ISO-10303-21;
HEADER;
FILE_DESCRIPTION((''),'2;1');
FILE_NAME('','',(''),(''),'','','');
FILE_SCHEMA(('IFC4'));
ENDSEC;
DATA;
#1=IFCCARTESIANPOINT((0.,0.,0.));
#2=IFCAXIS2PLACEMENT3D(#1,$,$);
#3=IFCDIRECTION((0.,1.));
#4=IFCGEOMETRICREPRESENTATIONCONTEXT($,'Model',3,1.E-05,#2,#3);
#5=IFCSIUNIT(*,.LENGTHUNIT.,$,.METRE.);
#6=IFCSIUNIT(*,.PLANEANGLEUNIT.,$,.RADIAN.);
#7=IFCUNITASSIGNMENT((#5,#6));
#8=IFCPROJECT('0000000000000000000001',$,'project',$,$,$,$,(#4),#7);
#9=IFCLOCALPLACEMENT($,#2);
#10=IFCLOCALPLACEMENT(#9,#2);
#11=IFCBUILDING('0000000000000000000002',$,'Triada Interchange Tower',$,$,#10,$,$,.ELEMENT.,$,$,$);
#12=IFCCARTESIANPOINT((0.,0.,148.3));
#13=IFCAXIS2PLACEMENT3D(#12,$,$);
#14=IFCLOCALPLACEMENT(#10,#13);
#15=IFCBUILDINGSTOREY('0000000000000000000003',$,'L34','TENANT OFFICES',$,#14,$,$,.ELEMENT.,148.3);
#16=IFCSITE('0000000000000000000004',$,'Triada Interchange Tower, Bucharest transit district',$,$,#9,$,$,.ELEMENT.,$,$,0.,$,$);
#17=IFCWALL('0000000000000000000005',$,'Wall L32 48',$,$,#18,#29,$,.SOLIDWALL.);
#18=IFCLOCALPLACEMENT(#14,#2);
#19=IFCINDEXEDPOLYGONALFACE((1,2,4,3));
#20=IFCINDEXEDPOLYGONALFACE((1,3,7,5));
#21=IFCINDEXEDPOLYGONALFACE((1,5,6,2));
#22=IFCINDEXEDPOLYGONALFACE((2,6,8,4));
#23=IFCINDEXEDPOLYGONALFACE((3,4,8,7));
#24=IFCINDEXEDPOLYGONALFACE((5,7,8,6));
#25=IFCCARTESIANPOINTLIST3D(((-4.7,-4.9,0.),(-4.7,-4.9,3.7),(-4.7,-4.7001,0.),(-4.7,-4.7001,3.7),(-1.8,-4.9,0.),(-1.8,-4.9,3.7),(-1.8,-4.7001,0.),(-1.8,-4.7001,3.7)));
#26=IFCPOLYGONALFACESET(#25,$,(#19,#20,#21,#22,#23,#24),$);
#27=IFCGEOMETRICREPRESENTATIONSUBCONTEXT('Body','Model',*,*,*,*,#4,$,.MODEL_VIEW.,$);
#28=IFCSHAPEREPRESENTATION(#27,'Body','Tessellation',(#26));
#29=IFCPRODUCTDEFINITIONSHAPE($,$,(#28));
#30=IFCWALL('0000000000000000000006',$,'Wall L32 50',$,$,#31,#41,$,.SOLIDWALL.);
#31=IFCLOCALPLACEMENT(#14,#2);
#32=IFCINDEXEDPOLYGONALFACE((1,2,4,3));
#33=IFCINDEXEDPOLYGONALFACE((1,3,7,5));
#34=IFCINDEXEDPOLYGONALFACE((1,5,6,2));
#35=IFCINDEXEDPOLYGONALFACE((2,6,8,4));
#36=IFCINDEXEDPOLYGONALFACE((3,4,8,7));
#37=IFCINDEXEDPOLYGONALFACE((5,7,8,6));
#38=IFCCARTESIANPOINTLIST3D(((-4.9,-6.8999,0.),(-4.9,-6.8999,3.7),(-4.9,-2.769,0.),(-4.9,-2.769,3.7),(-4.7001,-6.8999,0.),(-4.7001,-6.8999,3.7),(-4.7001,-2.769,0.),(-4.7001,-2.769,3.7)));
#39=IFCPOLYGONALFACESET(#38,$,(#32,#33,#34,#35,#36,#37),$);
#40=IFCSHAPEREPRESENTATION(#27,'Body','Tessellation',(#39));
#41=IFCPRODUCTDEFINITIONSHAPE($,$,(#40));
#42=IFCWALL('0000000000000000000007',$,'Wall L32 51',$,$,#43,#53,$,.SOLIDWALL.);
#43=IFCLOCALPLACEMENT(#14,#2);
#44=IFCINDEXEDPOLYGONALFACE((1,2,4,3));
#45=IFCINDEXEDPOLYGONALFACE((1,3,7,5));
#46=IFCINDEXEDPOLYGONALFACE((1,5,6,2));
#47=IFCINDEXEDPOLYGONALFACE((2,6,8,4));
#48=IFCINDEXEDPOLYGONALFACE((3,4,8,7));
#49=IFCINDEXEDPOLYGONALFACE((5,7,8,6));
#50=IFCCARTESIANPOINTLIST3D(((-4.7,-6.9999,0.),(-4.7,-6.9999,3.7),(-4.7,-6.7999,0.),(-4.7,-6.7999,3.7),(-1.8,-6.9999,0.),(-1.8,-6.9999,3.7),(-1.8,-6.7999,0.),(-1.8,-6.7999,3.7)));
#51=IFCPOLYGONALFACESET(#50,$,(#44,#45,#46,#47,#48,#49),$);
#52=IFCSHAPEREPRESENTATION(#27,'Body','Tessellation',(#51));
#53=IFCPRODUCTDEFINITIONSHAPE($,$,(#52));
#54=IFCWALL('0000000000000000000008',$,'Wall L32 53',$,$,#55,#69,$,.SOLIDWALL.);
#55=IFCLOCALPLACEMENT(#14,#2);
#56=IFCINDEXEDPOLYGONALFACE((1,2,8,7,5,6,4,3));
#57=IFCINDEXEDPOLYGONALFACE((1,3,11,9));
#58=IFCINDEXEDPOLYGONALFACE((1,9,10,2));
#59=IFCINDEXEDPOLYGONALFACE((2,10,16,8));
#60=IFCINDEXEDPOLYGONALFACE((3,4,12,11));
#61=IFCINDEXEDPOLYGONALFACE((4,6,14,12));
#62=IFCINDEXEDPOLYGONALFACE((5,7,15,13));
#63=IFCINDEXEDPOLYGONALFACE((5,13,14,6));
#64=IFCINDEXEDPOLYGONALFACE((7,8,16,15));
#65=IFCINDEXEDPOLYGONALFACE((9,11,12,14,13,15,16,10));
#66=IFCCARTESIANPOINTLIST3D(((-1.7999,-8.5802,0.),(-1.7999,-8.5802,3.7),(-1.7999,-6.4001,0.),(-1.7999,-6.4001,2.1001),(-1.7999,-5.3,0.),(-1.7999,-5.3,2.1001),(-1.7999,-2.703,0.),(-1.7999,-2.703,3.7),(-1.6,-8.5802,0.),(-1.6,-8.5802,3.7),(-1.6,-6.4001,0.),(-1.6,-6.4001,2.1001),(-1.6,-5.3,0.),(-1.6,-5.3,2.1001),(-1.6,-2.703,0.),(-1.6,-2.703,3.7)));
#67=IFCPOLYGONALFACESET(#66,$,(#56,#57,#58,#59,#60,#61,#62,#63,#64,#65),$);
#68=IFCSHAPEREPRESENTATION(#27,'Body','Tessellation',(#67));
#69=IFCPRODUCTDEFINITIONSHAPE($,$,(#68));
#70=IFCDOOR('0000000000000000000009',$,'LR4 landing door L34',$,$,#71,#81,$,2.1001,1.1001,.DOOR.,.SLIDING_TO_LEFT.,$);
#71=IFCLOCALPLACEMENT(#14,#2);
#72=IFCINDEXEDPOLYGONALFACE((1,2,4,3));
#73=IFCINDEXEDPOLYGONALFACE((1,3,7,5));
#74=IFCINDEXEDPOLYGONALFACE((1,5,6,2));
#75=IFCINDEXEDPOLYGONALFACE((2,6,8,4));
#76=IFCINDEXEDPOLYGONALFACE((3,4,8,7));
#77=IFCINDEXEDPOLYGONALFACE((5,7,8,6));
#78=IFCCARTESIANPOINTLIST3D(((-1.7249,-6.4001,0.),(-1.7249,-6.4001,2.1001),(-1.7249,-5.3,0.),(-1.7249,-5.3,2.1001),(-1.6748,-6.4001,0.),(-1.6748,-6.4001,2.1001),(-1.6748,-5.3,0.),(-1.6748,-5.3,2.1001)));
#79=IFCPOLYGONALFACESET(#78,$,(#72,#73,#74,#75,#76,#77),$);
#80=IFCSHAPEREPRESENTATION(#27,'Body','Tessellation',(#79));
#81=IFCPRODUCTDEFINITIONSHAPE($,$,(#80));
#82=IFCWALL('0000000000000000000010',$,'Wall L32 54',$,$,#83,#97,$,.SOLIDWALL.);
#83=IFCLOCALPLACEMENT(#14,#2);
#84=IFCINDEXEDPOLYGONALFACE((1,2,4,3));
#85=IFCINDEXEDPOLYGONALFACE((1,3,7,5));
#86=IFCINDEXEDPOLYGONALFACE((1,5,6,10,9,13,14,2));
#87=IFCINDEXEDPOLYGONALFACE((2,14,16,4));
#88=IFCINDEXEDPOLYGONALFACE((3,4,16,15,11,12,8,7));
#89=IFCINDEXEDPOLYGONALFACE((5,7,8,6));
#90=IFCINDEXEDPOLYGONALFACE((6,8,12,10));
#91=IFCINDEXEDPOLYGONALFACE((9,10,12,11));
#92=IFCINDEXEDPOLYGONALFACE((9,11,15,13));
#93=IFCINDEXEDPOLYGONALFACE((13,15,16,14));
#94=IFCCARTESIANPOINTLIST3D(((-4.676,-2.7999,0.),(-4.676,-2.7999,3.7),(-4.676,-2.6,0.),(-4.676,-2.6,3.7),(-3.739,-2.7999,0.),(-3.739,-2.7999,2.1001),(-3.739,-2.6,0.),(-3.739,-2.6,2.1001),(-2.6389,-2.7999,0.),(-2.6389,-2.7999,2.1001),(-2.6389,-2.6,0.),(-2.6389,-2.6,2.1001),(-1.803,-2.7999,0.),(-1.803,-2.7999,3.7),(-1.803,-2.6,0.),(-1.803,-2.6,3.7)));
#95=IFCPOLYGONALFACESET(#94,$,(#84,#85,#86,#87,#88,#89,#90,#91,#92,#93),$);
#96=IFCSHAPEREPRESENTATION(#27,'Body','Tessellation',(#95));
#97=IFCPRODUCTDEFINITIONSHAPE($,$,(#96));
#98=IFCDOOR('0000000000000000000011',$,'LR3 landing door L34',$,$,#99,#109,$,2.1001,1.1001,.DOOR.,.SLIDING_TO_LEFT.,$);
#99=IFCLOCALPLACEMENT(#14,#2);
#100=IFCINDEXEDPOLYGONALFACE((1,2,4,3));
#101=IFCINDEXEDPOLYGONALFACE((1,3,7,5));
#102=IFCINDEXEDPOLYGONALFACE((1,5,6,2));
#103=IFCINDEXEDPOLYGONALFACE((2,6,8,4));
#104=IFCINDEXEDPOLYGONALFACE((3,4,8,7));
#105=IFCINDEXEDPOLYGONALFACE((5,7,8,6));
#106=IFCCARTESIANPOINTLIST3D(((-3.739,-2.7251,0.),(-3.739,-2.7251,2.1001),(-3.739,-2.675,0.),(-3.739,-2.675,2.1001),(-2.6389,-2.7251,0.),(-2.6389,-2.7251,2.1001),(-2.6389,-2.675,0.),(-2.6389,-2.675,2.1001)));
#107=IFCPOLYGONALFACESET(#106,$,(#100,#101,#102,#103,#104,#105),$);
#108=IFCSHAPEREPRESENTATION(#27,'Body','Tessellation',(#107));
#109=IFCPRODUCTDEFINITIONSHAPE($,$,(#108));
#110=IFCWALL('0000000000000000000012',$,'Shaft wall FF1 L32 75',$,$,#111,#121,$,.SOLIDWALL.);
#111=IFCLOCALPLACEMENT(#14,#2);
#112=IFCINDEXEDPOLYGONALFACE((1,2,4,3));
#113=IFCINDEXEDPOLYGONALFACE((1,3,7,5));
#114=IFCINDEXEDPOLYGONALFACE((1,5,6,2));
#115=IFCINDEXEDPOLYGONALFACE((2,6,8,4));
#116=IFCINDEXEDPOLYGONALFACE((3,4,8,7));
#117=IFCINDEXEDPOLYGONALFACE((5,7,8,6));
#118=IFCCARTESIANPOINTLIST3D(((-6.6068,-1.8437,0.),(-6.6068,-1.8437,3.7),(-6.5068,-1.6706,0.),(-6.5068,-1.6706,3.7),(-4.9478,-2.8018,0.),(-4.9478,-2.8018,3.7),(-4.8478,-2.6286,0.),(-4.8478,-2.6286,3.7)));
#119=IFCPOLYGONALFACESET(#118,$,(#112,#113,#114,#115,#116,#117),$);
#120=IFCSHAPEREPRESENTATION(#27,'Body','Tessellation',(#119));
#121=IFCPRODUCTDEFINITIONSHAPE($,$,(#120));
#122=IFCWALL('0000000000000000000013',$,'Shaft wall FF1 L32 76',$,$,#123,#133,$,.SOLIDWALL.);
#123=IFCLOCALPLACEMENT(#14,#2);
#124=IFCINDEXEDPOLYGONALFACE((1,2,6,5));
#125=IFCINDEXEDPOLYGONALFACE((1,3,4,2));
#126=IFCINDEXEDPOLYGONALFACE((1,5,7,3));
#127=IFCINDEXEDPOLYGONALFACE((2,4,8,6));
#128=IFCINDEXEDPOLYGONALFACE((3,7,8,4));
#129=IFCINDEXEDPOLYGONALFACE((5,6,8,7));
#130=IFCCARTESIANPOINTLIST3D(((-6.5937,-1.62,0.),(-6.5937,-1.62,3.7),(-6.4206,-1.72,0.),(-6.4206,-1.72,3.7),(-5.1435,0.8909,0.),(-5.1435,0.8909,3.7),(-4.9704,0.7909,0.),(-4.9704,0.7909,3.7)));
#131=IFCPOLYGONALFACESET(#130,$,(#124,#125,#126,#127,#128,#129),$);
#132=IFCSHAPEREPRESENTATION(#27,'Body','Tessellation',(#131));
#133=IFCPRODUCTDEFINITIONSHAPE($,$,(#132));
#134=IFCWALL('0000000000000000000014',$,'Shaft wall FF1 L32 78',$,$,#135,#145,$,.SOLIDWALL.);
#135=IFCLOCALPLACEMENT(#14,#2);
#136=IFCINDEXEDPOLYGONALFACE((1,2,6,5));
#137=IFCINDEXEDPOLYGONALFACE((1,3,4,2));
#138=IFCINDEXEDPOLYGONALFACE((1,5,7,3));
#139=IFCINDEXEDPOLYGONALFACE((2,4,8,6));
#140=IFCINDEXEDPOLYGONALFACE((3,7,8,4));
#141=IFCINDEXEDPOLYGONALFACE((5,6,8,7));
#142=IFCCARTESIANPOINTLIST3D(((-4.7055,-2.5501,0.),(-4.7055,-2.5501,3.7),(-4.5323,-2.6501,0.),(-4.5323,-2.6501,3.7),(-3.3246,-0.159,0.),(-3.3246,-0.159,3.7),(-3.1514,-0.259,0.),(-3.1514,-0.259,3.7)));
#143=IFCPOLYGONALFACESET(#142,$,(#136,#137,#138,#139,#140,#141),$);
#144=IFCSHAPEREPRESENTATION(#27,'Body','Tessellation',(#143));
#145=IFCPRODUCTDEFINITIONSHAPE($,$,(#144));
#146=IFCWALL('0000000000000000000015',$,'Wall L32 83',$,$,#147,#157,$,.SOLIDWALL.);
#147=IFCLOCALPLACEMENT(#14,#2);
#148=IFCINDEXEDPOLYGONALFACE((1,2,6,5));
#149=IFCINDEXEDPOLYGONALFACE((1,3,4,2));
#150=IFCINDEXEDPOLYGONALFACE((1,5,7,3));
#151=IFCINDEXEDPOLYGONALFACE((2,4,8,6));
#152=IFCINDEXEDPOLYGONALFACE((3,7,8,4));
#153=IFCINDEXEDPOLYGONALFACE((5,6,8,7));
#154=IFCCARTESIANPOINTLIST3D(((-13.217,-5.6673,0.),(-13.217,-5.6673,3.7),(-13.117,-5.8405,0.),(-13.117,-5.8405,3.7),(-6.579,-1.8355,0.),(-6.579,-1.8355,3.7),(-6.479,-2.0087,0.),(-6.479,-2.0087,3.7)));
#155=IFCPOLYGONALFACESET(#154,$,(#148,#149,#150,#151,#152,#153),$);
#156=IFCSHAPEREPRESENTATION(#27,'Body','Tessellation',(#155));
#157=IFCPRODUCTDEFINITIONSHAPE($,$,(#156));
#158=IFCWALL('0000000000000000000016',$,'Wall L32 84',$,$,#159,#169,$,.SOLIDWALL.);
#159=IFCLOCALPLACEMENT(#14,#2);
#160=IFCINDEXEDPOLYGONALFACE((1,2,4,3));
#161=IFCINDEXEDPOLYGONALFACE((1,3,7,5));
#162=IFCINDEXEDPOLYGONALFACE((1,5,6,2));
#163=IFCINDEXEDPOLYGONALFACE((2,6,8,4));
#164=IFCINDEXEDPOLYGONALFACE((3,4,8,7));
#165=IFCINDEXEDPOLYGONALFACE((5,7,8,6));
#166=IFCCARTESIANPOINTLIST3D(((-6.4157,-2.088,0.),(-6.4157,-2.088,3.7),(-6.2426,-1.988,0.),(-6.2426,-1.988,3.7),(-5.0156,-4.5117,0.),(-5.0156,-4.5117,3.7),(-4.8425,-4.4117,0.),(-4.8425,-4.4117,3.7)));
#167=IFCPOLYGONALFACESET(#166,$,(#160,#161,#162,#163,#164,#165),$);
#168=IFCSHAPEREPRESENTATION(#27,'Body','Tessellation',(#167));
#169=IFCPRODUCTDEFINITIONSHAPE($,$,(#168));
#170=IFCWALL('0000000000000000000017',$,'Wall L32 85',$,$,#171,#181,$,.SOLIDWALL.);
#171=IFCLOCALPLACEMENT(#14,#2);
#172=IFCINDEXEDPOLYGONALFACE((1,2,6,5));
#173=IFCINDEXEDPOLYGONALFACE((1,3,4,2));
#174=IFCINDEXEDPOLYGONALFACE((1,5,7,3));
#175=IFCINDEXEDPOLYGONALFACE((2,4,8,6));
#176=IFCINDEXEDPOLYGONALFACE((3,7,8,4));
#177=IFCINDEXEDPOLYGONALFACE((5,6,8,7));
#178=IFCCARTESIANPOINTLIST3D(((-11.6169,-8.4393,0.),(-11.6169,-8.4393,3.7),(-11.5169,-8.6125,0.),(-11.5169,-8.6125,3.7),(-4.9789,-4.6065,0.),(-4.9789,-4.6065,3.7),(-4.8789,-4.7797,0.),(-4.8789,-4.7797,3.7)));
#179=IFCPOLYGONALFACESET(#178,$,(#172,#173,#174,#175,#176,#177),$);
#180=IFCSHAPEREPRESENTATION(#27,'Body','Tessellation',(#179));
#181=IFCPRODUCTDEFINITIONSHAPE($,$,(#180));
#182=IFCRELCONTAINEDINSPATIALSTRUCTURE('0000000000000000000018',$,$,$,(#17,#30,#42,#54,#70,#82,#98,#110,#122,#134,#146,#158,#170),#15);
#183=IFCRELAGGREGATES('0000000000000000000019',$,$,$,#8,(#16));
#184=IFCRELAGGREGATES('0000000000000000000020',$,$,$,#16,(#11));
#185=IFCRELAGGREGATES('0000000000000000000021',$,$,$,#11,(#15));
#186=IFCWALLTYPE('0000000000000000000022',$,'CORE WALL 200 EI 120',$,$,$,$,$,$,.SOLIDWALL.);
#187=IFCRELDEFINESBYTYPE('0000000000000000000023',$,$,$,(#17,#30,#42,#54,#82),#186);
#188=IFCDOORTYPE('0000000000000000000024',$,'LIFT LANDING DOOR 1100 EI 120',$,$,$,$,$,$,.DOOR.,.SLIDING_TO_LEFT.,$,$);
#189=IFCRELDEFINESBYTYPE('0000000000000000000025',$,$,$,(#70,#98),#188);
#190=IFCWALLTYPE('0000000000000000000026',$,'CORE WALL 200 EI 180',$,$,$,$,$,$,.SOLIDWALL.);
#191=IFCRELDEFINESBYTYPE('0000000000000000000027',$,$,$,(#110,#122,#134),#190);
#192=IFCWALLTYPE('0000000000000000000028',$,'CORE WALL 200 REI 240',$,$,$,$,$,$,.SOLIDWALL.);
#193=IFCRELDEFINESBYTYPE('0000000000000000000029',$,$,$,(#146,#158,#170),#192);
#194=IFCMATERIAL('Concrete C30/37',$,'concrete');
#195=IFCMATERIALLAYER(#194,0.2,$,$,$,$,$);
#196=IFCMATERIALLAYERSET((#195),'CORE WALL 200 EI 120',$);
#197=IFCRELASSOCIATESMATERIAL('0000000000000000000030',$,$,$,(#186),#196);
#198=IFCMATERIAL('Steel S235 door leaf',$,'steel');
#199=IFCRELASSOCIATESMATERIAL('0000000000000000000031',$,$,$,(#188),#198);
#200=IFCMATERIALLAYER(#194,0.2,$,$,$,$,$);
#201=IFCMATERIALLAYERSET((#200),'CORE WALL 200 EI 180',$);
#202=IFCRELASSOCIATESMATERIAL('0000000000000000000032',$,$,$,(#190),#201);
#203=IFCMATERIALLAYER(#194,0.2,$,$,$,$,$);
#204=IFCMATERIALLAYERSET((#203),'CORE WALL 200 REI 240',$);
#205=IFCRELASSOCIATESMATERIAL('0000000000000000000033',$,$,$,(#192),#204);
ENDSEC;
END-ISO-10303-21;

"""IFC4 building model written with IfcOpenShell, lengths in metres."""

from ifc_helpers import new_model, si_unit, direction, frame, frame_2d, origin, place, context, subcontext, project, spatial, rectangle, extrude, material, layer, layer_set, type_object, element, fill, save


model = new_model("IFC4")

# Units and contexts
model_context = context("Model", 3, precision=1e-05, world=origin(), true_north=direction((0.0, 1.0)))
body_context = subcontext(model_context, "Body", "Model", "MODEL_VIEW")
ifc_project = project(units=[si_unit("LENGTHUNIT", "METRE"), si_unit("PLANEANGLEUNIT", "RADIAN")], contexts=[model_context])

# Site, building, storey
site_placement = place(None, origin())
site = spatial("IfcSite", under=ifc_project, at=site_placement, Name="Triada Interchange Tower, Bucharest transit district", CompositionType="ELEMENT", RefElevation=0.0)
building_placement = place(site_placement, origin())
building = spatial("IfcBuilding", under=site, at=building_placement, Name="Triada Interchange Tower", CompositionType="ELEMENT")
storey_placement = place(building_placement, frame((0.0, 0.0, 148.3)))
storey = spatial("IfcBuildingStorey", under=building, at=storey_placement, Name="L34", Description="TENANT OFFICES", CompositionType="ELEMENT", Elevation=148.3)

# Walls
ifc_material_1 = material(Name="Concrete C30/37", Category="concrete")
ifc_layer_1 = layer(ifc_material_1, 0.2)
ifc_layer_set_1 = layer_set([ifc_layer_1], Name="CORE WALL 200 EI 120")
wall_type_1 = type_object("IfcWallType", Name="CORE WALL 200 EI 120", PredefinedType="SOLIDWALL", material=ifc_layer_set_1)
wall_1_placement = place(storey_placement, frame((-4.7, -4.8, 0.0), z_axis=(0.0, 0.0, 1.0), x_axis=(1.0, 0.0, 0.0)))
element("IfcWall", 1, at=wall_1_placement, inside=storey, type_object=wall_type_1, Name="Wall L32 48", PredefinedType="SOLIDWALL", context=body_context, shape_type="SweptSolid", body=[
    extrude(rectangle(XDim=2.8999, YDim=0.2, at=frame_2d((1.45, 0.0))), origin(), (0.0, 0.0, 1.0), 3.7),
])
wall_2_placement = place(storey_placement, frame((-4.8, -6.8999, 0.0), z_axis=(0.0, 0.0, 1.0), x_axis=(0.0, 1.0, 0.0)))
element("IfcWall", 2, at=wall_2_placement, inside=storey, type_object=wall_type_1, Name="Wall L32 50", PredefinedType="SOLIDWALL", context=body_context, shape_type="SweptSolid", body=[
    extrude(rectangle(XDim=4.1309, YDim=0.2, at=frame_2d((2.0654, 0.0))), origin(), (0.0, 0.0, 1.0), 3.7),
])
wall_3_placement = place(storey_placement, frame((-4.7, -6.8999, 0.0), z_axis=(0.0, 0.0, 1.0), x_axis=(1.0, 0.0, 0.0)))
element("IfcWall", 3, at=wall_3_placement, inside=storey, type_object=wall_type_1, Name="Wall L32 51", PredefinedType="SOLIDWALL", context=body_context, shape_type="SweptSolid", body=[
    extrude(rectangle(XDim=2.8999, YDim=0.2, at=frame_2d((1.45, 0.0))), origin(), (0.0, 0.0, 1.0), 3.7),
])

# Walls, openings, doors
wall_4_placement = place(storey_placement, frame((-1.7, -8.5801, 0.0), z_axis=(0.0, 0.0, 1.0), x_axis=(0.0, 1.0, 0.0)))
wall_4 = element("IfcWall", 4, at=wall_4_placement, inside=storey, type_object=wall_type_1, Name="Wall L32 53", PredefinedType="SOLIDWALL", context=body_context, shape_type="SweptSolid", body=[
    extrude(rectangle(XDim=5.8772, YDim=0.2, at=frame_2d((2.9385, 0.0))), origin(), (0.0, 0.0, 1.0), 3.7),
])
opening_1_placement = place(wall_4_placement, frame((2.1799, 0.0, 0.0)))
opening_1 = element("IfcOpeningElement", 5, at=opening_1_placement, cuts=wall_4, PredefinedType="OPENING", context=body_context, shape_type="SweptSolid", body=[
    extrude(rectangle(XDim=1.1001, YDim=2.1001, at=frame_2d((0.55, 1.05))), frame((0.0, 0.1099, 0.0), z_axis=(0.0, -1.0, 0.0), x_axis=(1.0, 0.0, 0.0)), (0.0, 0.0, 1.0), 0.22),
])
ifc_material_2 = material(Name="Steel S235 door leaf", Category="steel")
door_type_1 = type_object("IfcDoorType", Name="LIFT LANDING DOOR 1100 EI 120", OperationType="SLIDING_TO_LEFT", PredefinedType="DOOR", material=ifc_material_2)
door_1_placement = place(opening_1_placement, origin())
door_1 = element("IfcDoor", 6, at=door_1_placement, inside=storey, type_object=door_type_1, Name="LR4 landing door L34", OperationType="SLIDING_TO_LEFT", OverallHeight=2.1001, OverallWidth=1.1001, PredefinedType="DOOR", context=body_context, shape_type="SweptSolid", body=[
    extrude(rectangle(XDim=1.1001, YDim=2.1001, at=frame_2d((0.55, 1.05))), frame((0.0, 0.0249, 0.0), z_axis=(0.0, -1.0, 0.0), x_axis=(1.0, 0.0, 0.0)), (0.0, 0.0, 1.0), 0.05),
])
fill(opening_1, door_1)
wall_5_placement = place(storey_placement, frame((-4.676, -2.7, 0.0), z_axis=(0.0, 0.0, 1.0), x_axis=(1.0, 0.0, 0.0)))
wall_5 = element("IfcWall", 7, at=wall_5_placement, inside=storey, type_object=wall_type_1, Name="Wall L32 54", PredefinedType="SOLIDWALL", context=body_context, shape_type="SweptSolid", body=[
    extrude(rectangle(XDim=2.873, YDim=0.2, at=frame_2d((1.4365, 0.0))), origin(), (0.0, 0.0, 1.0), 3.7),
])
opening_2_placement = place(wall_5_placement, frame((0.937, 0.0, 0.0)))
opening_2 = element("IfcOpeningElement", 8, at=opening_2_placement, cuts=wall_5, PredefinedType="OPENING", context=body_context, shape_type="SweptSolid", body=[
    extrude(rectangle(XDim=1.1001, YDim=2.1001, at=frame_2d((0.55, 1.05))), frame((0.0, 0.1099, 0.0), z_axis=(0.0, -1.0, 0.0), x_axis=(1.0, 0.0, 0.0)), (0.0, 0.0, 1.0), 0.22),
])
door_2_placement = place(opening_2_placement, origin())
door_2 = element("IfcDoor", 9, at=door_2_placement, inside=storey, type_object=door_type_1, Name="LR3 landing door L34", OperationType="SLIDING_TO_LEFT", OverallHeight=2.1001, OverallWidth=1.1001, PredefinedType="DOOR", context=body_context, shape_type="SweptSolid", body=[
    extrude(rectangle(XDim=1.1001, YDim=2.1001, at=frame_2d((0.55, 1.05))), frame((0.0, 0.0249, 0.0), z_axis=(0.0, -1.0, 0.0), x_axis=(1.0, 0.0, 0.0)), (0.0, 0.0, 1.0), 0.05),
])
fill(opening_2, door_2)

# Walls
ifc_layer_2 = layer(ifc_material_1, 0.2)
ifc_layer_set_2 = layer_set([ifc_layer_2], Name="CORE WALL 200 EI 180")
wall_type_2 = type_object("IfcWallType", Name="CORE WALL 200 EI 180", PredefinedType="SOLIDWALL", material=ifc_layer_set_2)
wall_6_placement = place(storey_placement, frame((-6.5569, -1.7571, 0.0), z_axis=(0.0, 0.0, 1.0), x_axis=(0.865975, -0.500086, 0.0)))
element("IfcWall", 10, at=wall_6_placement, inside=storey, type_object=wall_type_2, Name="Shaft wall FF1 L32 75", PredefinedType="SOLIDWALL", context=body_context, shape_type="SweptSolid", body=[
    extrude(rectangle(XDim=1.9158, YDim=0.2, at=frame_2d((0.958, 0.0))), origin(), (0.0, 0.0, 1.0), 3.7),
])
wall_7_placement = place(storey_placement, frame((-6.5071, -1.6699, 0.0), z_axis=(0.0, 0.0, 1.0), x_axis=(0.500123, 0.865954, 0.0)))
element("IfcWall", 11, at=wall_7_placement, inside=storey, type_object=wall_type_2, Name="Shaft wall FF1 L32 76", PredefinedType="SOLIDWALL", context=body_context, shape_type="SweptSolid", body=[
    extrude(rectangle(XDim=2.8997, YDim=0.2, at=frame_2d((1.4497, 0.0))), origin(), (0.0, 0.0, 1.0), 3.7),
])
wall_8_placement = place(storey_placement, frame((-4.6189, -2.6001, 0.0), z_axis=(0.0, 0.0, 1.0), x_axis=(0.500095, 0.865971, 0.0)))
element("IfcWall", 12, at=wall_8_placement, inside=storey, type_object=wall_type_2, Name="Shaft wall FF1 L32 78", PredefinedType="SOLIDWALL", context=body_context, shape_type="SweptSolid", body=[
    extrude(rectangle(XDim=2.7612, YDim=0.2, at=frame_2d((1.3806, 0.0))), origin(), (0.0, 0.0, 1.0), 3.7),
])
ifc_layer_3 = layer(ifc_material_1, 0.2)
ifc_layer_set_3 = layer_set([ifc_layer_3], Name="CORE WALL 200 REI 240")
wall_type_3 = type_object("IfcWallType", Name="CORE WALL 200 REI 240", PredefinedType="SOLIDWALL", material=ifc_layer_set_3)
wall_9_placement = place(storey_placement, frame((-13.167, -5.7539, 0.0), z_axis=(0.0, 0.0, 1.0), x_axis=(0.866061, 0.499938, 0.0)))
element("IfcWall", 13, at=wall_9_placement, inside=storey, type_object=wall_type_3, Name="Wall L32 83", PredefinedType="SOLIDWALL", context=body_context, shape_type="SweptSolid", body=[
    extrude(rectangle(XDim=7.6646, YDim=0.2, at=frame_2d((3.8323, 0.0))), origin(), (0.0, 0.0, 1.0), 3.7),
])
wall_10_placement = place(storey_placement, frame((-6.3291, -2.0381, 0.0), z_axis=(0.0, 0.0, 1.0), x_axis=(0.500201, -0.86591, 0.0)))
element("IfcWall", 14, at=wall_10_placement, inside=storey, type_object=wall_type_3, Name="Wall L32 84", PredefinedType="SOLIDWALL", context=body_context, shape_type="SweptSolid", body=[
    extrude(rectangle(XDim=2.7991, YDim=0.2, at=frame_2d((1.3994, 0.0))), origin(), (0.0, 0.0, 1.0), 3.7),
])
wall_11_placement = place(storey_placement, frame((-11.5669, -8.5259, 0.0), z_axis=(0.0, 0.0, 1.0), x_axis=(0.866006, 0.500034, 0.0)))
element("IfcWall", 15, at=wall_11_placement, inside=storey, type_object=wall_type_3, Name="Wall L32 85", PredefinedType="SOLIDWALL", context=body_context, shape_type="SweptSolid", body=[
    extrude(rectangle(XDim=7.665, YDim=0.2, at=frame_2d((3.8325, 0.0))), origin(), (0.0, 0.0, 1.0), 3.7),
])

save(model, "model.ifc")
